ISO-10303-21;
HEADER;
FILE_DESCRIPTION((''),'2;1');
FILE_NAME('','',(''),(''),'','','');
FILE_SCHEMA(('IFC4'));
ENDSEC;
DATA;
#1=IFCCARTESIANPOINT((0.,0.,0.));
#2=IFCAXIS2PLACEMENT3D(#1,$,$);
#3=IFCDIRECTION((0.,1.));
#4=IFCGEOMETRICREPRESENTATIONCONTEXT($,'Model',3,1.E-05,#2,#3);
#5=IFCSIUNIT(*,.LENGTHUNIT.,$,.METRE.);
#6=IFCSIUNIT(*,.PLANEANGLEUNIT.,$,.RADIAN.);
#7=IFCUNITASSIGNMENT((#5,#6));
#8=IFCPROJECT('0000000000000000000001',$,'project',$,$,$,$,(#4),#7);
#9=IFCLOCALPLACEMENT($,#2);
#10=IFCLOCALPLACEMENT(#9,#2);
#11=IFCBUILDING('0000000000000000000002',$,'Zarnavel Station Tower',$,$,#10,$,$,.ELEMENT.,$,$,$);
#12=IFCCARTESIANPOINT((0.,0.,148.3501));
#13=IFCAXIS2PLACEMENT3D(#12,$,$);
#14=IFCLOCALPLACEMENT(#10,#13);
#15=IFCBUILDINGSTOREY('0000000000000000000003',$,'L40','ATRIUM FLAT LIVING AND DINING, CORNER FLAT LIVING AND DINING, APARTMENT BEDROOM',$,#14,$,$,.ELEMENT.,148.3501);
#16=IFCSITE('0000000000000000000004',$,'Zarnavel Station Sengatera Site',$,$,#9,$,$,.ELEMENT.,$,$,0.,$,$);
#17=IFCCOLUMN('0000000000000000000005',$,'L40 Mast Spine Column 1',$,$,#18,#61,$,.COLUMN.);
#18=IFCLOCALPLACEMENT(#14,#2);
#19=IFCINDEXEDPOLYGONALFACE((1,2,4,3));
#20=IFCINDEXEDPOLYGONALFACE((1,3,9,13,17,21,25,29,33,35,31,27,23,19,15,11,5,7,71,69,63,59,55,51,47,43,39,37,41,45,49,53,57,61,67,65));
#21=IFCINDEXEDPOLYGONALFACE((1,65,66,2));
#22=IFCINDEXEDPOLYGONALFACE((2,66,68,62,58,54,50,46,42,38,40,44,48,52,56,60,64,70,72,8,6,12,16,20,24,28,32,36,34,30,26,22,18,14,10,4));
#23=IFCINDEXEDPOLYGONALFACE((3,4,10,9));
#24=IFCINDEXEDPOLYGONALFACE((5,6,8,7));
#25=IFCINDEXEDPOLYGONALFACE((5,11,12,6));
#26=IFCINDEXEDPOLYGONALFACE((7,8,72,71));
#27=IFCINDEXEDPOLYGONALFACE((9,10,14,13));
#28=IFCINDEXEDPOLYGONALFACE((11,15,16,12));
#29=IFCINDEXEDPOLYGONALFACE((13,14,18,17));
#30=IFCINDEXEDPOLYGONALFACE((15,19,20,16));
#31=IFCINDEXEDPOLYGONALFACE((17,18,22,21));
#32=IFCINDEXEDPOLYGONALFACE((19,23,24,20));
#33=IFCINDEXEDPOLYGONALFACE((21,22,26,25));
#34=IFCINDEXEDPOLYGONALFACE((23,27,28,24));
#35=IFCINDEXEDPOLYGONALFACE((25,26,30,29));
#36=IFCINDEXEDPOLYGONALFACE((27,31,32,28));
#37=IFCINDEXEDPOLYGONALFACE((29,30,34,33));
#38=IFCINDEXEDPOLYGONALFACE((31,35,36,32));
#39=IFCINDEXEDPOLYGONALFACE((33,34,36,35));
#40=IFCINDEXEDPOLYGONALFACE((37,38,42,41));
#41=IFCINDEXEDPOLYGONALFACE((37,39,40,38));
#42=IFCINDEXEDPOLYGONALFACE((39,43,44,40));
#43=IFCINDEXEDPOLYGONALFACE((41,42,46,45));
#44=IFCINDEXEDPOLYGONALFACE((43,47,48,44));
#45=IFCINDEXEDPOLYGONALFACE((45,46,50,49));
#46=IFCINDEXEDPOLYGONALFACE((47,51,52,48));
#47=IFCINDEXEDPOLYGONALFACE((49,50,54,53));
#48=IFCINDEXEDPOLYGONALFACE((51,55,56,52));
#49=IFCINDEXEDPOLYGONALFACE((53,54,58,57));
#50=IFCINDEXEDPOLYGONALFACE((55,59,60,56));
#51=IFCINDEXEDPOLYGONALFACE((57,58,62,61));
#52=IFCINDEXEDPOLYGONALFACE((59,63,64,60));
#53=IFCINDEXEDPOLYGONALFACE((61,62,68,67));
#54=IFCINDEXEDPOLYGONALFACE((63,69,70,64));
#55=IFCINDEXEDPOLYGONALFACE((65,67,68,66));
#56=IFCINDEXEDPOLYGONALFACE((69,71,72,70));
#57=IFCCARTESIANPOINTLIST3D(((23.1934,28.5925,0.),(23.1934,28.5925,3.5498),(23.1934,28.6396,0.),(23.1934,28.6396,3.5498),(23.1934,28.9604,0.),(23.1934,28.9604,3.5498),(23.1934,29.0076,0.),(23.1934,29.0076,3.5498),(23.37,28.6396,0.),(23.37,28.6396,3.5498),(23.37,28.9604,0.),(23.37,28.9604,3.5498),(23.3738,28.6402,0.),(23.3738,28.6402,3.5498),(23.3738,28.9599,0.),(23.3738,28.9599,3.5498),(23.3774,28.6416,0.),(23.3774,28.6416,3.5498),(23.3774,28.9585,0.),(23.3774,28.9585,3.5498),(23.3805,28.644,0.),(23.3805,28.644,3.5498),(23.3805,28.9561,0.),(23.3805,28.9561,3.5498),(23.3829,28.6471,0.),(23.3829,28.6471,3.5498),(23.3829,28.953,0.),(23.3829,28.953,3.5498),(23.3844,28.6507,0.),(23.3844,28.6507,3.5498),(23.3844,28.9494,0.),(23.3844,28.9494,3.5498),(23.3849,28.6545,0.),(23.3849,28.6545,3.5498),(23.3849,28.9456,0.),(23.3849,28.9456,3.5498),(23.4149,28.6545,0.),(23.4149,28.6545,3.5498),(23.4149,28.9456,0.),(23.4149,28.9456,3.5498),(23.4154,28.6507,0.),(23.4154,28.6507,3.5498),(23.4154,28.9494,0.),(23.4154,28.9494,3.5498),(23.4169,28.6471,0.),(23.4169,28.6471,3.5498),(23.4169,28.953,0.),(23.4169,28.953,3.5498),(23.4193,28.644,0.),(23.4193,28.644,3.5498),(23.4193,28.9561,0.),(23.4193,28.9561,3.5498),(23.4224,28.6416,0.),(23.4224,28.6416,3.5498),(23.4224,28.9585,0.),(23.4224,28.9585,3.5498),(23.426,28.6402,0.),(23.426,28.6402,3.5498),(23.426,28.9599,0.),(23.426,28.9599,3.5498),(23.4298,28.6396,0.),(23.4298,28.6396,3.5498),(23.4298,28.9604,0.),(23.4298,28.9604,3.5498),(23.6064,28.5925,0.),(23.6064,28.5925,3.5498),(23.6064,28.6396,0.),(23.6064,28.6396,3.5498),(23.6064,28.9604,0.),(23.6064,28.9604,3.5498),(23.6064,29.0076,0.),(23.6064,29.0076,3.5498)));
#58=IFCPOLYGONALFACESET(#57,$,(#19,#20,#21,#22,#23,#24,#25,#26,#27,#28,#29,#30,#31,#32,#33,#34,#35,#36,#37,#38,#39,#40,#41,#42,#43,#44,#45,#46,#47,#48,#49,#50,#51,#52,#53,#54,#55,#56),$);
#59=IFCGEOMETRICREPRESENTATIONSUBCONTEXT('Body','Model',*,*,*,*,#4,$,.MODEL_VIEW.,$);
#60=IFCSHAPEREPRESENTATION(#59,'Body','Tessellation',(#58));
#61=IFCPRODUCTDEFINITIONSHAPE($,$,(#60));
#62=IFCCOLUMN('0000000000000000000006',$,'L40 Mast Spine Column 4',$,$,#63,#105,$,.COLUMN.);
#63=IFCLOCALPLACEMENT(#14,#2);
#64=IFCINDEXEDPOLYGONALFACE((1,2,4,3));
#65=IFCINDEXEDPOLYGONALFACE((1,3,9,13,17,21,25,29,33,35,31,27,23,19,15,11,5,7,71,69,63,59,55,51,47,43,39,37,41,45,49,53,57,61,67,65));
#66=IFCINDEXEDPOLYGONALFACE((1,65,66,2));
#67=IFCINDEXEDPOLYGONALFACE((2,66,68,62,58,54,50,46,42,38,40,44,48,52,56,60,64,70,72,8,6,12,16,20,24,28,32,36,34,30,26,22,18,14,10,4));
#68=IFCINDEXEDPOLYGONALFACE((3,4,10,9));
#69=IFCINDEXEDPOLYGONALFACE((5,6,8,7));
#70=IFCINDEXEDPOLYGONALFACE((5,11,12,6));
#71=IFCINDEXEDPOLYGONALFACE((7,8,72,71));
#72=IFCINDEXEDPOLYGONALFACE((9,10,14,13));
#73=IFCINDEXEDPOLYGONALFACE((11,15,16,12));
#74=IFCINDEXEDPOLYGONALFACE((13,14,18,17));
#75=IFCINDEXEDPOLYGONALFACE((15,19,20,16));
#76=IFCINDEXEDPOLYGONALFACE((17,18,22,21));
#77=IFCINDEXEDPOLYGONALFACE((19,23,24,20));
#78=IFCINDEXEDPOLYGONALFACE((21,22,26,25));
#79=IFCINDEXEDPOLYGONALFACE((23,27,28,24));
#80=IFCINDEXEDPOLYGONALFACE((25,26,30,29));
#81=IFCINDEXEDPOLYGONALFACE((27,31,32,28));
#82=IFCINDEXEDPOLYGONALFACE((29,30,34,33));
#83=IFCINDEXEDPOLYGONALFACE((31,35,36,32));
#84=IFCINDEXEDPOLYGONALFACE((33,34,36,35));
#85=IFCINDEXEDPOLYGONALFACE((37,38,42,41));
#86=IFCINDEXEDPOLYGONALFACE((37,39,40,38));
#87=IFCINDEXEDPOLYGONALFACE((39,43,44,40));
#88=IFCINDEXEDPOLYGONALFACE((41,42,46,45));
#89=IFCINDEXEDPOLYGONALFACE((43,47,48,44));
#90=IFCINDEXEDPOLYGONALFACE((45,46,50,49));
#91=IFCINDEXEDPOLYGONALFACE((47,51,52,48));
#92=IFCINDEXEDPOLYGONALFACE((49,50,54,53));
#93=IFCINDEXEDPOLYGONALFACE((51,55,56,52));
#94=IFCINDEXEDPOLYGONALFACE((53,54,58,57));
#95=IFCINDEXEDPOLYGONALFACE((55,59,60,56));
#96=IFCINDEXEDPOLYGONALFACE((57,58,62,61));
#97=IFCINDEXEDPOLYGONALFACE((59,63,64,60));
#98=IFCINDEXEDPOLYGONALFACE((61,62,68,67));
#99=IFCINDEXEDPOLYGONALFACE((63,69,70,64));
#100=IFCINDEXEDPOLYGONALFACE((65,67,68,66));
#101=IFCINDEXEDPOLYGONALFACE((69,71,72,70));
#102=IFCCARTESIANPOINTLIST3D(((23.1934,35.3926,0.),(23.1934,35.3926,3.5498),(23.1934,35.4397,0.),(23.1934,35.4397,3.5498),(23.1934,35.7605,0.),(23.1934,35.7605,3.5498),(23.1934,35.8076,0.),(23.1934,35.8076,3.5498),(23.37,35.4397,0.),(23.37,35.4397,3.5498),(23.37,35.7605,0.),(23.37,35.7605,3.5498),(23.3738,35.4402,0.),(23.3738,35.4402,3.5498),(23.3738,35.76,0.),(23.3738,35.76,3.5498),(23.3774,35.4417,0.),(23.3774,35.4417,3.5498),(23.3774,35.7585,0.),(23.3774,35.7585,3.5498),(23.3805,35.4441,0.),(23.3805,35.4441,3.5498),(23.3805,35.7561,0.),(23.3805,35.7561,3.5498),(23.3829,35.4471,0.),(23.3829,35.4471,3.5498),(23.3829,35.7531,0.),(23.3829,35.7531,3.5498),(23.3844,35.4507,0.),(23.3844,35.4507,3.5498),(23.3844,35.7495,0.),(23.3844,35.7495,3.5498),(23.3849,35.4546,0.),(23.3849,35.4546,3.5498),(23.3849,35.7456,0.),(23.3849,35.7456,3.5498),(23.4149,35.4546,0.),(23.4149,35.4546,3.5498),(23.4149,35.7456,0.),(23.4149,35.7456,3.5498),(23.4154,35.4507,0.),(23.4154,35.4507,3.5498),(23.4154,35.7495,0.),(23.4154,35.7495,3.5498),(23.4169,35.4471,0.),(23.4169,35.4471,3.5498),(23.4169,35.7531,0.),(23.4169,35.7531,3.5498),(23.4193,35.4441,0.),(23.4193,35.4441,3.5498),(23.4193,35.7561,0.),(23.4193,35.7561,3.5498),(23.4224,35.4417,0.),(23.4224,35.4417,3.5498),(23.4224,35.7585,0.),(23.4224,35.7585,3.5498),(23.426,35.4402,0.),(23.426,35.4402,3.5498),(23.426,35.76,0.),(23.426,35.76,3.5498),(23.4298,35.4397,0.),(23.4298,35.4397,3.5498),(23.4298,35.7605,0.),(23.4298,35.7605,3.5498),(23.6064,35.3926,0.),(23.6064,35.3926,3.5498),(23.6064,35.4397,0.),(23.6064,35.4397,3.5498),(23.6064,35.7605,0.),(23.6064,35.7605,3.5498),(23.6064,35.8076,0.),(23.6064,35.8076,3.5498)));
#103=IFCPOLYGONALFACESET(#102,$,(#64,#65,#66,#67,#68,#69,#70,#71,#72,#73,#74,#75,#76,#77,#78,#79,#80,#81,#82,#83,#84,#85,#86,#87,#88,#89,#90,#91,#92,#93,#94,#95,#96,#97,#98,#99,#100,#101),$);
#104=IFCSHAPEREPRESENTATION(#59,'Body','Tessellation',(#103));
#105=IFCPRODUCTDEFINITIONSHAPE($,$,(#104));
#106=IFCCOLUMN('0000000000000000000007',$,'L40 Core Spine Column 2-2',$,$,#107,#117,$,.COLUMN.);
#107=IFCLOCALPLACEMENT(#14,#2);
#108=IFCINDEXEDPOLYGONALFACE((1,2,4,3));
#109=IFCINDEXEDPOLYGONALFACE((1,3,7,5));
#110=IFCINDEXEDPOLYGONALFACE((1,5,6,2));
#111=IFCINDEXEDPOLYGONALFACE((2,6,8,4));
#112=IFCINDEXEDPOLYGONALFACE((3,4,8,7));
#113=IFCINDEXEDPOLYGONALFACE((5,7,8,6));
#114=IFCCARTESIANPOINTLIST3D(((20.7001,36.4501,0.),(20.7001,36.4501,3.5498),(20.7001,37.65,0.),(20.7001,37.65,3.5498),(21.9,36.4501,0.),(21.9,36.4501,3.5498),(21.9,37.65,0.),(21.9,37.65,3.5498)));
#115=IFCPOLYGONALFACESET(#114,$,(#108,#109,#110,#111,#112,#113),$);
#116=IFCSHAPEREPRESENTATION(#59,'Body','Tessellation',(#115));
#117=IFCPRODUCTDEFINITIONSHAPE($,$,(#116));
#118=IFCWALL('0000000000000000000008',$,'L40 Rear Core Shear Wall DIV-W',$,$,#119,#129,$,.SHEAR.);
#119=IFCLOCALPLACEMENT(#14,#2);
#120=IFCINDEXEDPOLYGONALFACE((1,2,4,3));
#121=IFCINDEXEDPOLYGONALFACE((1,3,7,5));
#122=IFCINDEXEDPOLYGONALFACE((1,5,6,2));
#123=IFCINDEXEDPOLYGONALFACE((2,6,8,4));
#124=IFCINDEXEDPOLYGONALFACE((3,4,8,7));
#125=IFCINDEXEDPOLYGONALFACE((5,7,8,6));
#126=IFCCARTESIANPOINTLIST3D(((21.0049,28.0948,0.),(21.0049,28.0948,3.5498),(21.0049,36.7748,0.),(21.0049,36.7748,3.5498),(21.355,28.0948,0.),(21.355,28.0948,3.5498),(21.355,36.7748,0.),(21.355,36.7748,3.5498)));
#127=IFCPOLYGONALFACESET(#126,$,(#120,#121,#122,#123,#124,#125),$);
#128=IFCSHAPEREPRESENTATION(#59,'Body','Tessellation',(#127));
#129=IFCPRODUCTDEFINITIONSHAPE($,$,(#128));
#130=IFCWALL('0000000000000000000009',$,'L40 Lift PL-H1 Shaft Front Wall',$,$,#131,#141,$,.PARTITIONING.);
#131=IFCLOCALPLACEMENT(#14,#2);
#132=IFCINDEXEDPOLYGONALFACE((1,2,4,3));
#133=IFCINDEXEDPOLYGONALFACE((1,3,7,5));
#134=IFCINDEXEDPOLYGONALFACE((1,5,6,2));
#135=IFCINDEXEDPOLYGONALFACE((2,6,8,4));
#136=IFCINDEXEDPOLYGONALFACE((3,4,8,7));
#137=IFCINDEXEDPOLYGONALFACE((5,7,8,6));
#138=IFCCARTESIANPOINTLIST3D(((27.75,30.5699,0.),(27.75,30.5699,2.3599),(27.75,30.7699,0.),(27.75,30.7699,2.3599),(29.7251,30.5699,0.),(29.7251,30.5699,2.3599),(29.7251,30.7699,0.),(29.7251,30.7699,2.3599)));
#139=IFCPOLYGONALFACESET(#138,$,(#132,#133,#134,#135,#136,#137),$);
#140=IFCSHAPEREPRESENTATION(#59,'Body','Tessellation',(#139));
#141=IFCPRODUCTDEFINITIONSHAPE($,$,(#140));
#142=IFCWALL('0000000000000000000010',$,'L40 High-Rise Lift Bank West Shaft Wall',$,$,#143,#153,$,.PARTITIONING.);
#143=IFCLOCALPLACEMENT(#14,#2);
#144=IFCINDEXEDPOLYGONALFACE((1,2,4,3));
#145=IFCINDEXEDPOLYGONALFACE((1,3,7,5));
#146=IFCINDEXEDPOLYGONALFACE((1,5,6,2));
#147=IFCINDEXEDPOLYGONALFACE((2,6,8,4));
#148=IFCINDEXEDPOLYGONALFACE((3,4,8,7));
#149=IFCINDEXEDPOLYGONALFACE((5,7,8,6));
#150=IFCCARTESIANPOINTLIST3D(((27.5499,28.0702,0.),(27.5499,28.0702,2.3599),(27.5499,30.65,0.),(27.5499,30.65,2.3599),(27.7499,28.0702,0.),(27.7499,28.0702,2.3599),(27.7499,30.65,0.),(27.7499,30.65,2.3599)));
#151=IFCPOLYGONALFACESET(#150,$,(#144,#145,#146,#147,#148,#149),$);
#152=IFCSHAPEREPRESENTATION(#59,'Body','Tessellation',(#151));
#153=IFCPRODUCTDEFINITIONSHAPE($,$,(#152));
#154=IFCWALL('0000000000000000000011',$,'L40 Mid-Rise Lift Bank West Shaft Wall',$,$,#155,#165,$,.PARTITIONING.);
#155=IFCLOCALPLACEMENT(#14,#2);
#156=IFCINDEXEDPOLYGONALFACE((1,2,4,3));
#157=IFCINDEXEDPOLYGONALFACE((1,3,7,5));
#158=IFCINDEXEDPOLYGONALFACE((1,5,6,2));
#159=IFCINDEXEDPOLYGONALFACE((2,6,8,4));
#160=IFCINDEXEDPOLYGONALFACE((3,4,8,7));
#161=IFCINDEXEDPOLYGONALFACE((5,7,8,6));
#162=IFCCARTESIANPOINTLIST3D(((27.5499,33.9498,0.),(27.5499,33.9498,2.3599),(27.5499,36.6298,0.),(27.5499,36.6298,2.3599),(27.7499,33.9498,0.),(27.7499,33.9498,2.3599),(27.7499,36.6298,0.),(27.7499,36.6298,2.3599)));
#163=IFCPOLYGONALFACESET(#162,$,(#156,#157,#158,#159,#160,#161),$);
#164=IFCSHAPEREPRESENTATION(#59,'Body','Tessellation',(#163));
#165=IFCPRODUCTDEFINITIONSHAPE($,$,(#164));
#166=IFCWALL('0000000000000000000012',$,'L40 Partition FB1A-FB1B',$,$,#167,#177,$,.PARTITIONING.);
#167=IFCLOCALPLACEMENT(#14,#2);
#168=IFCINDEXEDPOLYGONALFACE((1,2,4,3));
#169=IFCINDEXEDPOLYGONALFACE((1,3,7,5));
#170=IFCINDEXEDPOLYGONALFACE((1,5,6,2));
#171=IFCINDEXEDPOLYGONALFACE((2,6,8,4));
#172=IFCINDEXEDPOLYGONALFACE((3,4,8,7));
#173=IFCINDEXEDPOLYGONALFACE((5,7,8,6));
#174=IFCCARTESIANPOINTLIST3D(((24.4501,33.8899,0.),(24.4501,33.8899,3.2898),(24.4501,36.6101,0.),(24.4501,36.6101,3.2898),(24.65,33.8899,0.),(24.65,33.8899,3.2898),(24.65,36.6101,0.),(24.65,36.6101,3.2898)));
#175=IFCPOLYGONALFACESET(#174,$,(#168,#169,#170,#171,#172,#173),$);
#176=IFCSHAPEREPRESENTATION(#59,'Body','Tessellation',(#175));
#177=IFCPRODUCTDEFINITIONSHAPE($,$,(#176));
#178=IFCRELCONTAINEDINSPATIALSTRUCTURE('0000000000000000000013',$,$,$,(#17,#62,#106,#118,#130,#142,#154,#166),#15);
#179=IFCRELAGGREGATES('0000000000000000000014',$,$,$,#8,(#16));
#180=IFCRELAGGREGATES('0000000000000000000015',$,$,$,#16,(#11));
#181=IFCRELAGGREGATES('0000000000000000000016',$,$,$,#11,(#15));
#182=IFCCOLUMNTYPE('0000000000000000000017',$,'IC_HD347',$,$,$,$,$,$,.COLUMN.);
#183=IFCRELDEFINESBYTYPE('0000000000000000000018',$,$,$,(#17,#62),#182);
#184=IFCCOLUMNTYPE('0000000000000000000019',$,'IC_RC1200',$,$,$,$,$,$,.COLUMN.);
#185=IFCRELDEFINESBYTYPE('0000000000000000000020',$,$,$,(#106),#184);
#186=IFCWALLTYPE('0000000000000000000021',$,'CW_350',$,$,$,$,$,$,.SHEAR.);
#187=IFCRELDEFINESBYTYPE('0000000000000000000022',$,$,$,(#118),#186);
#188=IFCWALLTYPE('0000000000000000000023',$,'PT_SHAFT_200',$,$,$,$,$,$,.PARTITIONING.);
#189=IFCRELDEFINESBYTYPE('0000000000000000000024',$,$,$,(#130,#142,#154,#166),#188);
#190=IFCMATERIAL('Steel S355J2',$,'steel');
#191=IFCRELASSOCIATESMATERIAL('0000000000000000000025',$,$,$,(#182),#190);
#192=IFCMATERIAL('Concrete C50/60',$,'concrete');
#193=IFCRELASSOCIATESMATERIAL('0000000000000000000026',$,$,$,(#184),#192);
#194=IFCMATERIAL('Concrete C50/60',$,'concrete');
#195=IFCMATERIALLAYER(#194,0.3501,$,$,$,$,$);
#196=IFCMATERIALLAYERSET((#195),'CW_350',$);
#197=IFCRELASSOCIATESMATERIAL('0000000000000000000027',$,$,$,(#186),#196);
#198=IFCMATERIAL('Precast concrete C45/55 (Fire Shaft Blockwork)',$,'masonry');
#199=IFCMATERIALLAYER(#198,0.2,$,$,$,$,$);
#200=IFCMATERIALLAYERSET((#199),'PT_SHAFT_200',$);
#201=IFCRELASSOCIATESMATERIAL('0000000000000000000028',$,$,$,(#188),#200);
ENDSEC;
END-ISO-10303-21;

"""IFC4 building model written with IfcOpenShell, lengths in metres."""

from ifc_helpers import new_model, si_unit, direction, frame, frame_2d, origin, origin_2d, place, context, subcontext, project, spatial, rectangle, i_section, extrude, material, layer, layer_set, material_profile, profile_set, type_object, element, save


model = new_model("IFC4")

# Units and contexts
model_context = context("Model", 3, precision=1e-05, world=origin(), true_north=direction((0.0, 1.0)))
body_context = subcontext(model_context, "Body", "Model", "MODEL_VIEW")
ifc_project = project(units=[si_unit("LENGTHUNIT", "METRE"), si_unit("PLANEANGLEUNIT", "RADIAN")], contexts=[model_context])

# Site, building, storey
site_placement = place(None, origin())
site = spatial("IfcSite", under=ifc_project, at=site_placement, Name="Zarnavel Station Sengatera Site", CompositionType="ELEMENT", RefElevation=0.0)
building_placement = place(site_placement, origin())
building = spatial("IfcBuilding", under=site, at=building_placement, Name="Zarnavel Station Tower", CompositionType="ELEMENT")
storey_placement = place(building_placement, frame((0.0, 0.0, 148.3501)))
storey = spatial("IfcBuildingStorey", under=building, at=storey_placement, Name="L40", Description="ATRIUM FLAT LIVING AND DINING, CORNER FLAT LIVING AND DINING, APARTMENT BEDROOM", CompositionType="ELEMENT", Elevation=148.3501)

# Columns
ifc_material_1 = material(Name="Steel S355J2", Category="steel")
ifc_material_profile_1 = material_profile(ifc_material_1, i_section(OverallWidth=0.4131, OverallDepth=0.415, WebThickness=0.03, FlangeThickness=0.0471, FilletRadius=0.0149, at=origin_2d()), Name="HD400x347")
ifc_profile_set_1 = profile_set([ifc_material_profile_1], Name="Steel S355J2")
column_type_1 = type_object("IfcColumnType", Name="IC_HD347", PredefinedType="COLUMN", material=ifc_profile_set_1)
for number, where, z_axis, x_axis, name in (
    (1, (23.3999, 28.8, 0.0), (0.0, 0.0, 1.0), (1.0, 0.0, 0.0), "L40 Mast Spine Column 1"),
    (2, (23.3999, 35.6001, 0.0), (0.0, 0.0, 1.0), (1.0, 0.0, 0.0), "L40 Mast Spine Column 4"),
):
    element("IfcColumn", number, at=place(storey_placement, frame(where, z_axis=z_axis, x_axis=x_axis)), inside=storey, type_object=column_type_1, Name=name, PredefinedType="COLUMN", context=body_context, shape_type="SweptSolid", body=[
        extrude(i_section(OverallWidth=0.4131, OverallDepth=0.415, WebThickness=0.03, FlangeThickness=0.0471, FilletRadius=0.0149, at=origin_2d()), origin(), (0.0, 0.0, 1.0), 3.5498),
    ])
ifc_material_2 = material(Name="Concrete C50/60", Category="concrete")
ifc_material_profile_2 = material_profile(ifc_material_2, rectangle(XDim=1.2, YDim=1.2, at=origin_2d()), Name="RC1200x1200")
ifc_profile_set_2 = profile_set([ifc_material_profile_2], Name="Concrete C50/60")
column_type_2 = type_object("IfcColumnType", Name="IC_RC1200", PredefinedType="COLUMN", material=ifc_profile_set_2)
column_placement = place(storey_placement, frame((21.3, 37.05, 0.0), z_axis=(0.0, 0.0, 1.0), x_axis=(1.0, 0.0, 0.0)))
element("IfcColumn", 3, at=column_placement, inside=storey, type_object=column_type_2, Name="L40 Core Spine Column 2-2", PredefinedType="COLUMN", context=body_context, shape_type="SweptSolid", body=[
    extrude(rectangle(XDim=1.2, YDim=1.2, at=origin_2d()), origin(), (0.0, 0.0, 1.0), 3.5498),
])

# Wall
ifc_material_3 = material(Name="Concrete C50/60", Category="concrete")
ifc_layer_1 = layer(ifc_material_3, 0.3501)
ifc_layer_set_1 = layer_set([ifc_layer_1], Name="CW_350")
wall_type_1 = type_object("IfcWallType", Name="CW_350", PredefinedType="SHEAR", material=ifc_layer_set_1)
wall_1_placement = place(storey_placement, frame((21.1799, 28.095, 0.0), z_axis=(0.0, 0.0, 1.0), x_axis=(0.0, 1.0, 0.0)))
element("IfcWall", 4, at=wall_1_placement, inside=storey, type_object=wall_type_1, Name="L40 Rear Core Shear Wall DIV-W", PredefinedType="SHEAR", context=body_context, shape_type="SweptSolid", body=[
    extrude(rectangle(XDim=8.6799, YDim=0.3501, at=frame_2d((4.3398, 0.0))), origin(), (0.0, 0.0, 1.0), 3.5498),
])

# Walls
ifc_material_4 = material(Name="Precast concrete C45/55 (Fire Shaft Blockwork)", Category="masonry")
ifc_layer_2 = layer(ifc_material_4, 0.2)
ifc_layer_set_2 = layer_set([ifc_layer_2], Name="PT_SHAFT_200")
wall_type_2 = type_object("IfcWallType", Name="PT_SHAFT_200", PredefinedType="PARTITIONING", material=ifc_layer_set_2)
wall_2_placement = place(storey_placement, frame((27.75, 30.6699, 0.0), z_axis=(0.0, 0.0, 1.0), x_axis=(1.0, 0.0, 0.0)))
element("IfcWall", 5, at=wall_2_placement, inside=storey, type_object=wall_type_2, Name="L40 Lift PL-H1 Shaft Front Wall", PredefinedType="PARTITIONING", context=body_context, shape_type="SweptSolid", body=[
    extrude(rectangle(XDim=1.9751, YDim=0.2, at=frame_2d((0.9875, 0.0))), origin(), (0.0, 0.0, 1.0), 2.3599),
])
wall_3_placement = place(storey_placement, frame((27.6499, 28.0701, 0.0), z_axis=(0.0, 0.0, 1.0), x_axis=(0.0, 1.0, 0.0)))
element("IfcWall", 6, at=wall_3_placement, inside=storey, type_object=wall_type_2, Name="L40 High-Rise Lift Bank West Shaft Wall", PredefinedType="PARTITIONING", context=body_context, shape_type="SweptSolid", body=[
    extrude(rectangle(XDim=2.5798, YDim=0.2, at=frame_2d((1.29, 0.0))), origin(), (0.0, 0.0, 1.0), 2.3599),
])

# Wall
wall_4_placement = place(storey_placement, frame((27.6499, 33.95, 0.0), z_axis=(0.0, 0.0, 1.0), x_axis=(0.0, 1.0, 0.0)))
element("IfcWall", 7, at=wall_4_placement, inside=storey, type_object=wall_type_2, Name="L40 Mid-Rise Lift Bank West Shaft Wall", PredefinedType="PARTITIONING", context=body_context, shape_type="SweptSolid", body=[
    extrude(rectangle(XDim=2.6799, YDim=0.2, at=frame_2d((1.3398, 0.0))), origin(), (0.0, 0.0, 1.0), 2.3599),
])

# Wall
wall_5_placement = place(storey_placement, frame((24.55, 33.8899, 0.0), z_axis=(0.0, 0.0, 1.0), x_axis=(0.0, 1.0, 0.0)))
element("IfcWall", 8, at=wall_5_placement, inside=storey, type_object=wall_type_2, Name="L40 Partition FB1A-FB1B", PredefinedType="PARTITIONING", context=body_context, shape_type="SweptSolid", body=[
    extrude(rectangle(XDim=2.7202, YDim=0.2, at=frame_2d((1.3601, 0.0))), origin(), (0.0, 0.0, 1.0), 3.2898),
])

save(model, "model.ifc")
